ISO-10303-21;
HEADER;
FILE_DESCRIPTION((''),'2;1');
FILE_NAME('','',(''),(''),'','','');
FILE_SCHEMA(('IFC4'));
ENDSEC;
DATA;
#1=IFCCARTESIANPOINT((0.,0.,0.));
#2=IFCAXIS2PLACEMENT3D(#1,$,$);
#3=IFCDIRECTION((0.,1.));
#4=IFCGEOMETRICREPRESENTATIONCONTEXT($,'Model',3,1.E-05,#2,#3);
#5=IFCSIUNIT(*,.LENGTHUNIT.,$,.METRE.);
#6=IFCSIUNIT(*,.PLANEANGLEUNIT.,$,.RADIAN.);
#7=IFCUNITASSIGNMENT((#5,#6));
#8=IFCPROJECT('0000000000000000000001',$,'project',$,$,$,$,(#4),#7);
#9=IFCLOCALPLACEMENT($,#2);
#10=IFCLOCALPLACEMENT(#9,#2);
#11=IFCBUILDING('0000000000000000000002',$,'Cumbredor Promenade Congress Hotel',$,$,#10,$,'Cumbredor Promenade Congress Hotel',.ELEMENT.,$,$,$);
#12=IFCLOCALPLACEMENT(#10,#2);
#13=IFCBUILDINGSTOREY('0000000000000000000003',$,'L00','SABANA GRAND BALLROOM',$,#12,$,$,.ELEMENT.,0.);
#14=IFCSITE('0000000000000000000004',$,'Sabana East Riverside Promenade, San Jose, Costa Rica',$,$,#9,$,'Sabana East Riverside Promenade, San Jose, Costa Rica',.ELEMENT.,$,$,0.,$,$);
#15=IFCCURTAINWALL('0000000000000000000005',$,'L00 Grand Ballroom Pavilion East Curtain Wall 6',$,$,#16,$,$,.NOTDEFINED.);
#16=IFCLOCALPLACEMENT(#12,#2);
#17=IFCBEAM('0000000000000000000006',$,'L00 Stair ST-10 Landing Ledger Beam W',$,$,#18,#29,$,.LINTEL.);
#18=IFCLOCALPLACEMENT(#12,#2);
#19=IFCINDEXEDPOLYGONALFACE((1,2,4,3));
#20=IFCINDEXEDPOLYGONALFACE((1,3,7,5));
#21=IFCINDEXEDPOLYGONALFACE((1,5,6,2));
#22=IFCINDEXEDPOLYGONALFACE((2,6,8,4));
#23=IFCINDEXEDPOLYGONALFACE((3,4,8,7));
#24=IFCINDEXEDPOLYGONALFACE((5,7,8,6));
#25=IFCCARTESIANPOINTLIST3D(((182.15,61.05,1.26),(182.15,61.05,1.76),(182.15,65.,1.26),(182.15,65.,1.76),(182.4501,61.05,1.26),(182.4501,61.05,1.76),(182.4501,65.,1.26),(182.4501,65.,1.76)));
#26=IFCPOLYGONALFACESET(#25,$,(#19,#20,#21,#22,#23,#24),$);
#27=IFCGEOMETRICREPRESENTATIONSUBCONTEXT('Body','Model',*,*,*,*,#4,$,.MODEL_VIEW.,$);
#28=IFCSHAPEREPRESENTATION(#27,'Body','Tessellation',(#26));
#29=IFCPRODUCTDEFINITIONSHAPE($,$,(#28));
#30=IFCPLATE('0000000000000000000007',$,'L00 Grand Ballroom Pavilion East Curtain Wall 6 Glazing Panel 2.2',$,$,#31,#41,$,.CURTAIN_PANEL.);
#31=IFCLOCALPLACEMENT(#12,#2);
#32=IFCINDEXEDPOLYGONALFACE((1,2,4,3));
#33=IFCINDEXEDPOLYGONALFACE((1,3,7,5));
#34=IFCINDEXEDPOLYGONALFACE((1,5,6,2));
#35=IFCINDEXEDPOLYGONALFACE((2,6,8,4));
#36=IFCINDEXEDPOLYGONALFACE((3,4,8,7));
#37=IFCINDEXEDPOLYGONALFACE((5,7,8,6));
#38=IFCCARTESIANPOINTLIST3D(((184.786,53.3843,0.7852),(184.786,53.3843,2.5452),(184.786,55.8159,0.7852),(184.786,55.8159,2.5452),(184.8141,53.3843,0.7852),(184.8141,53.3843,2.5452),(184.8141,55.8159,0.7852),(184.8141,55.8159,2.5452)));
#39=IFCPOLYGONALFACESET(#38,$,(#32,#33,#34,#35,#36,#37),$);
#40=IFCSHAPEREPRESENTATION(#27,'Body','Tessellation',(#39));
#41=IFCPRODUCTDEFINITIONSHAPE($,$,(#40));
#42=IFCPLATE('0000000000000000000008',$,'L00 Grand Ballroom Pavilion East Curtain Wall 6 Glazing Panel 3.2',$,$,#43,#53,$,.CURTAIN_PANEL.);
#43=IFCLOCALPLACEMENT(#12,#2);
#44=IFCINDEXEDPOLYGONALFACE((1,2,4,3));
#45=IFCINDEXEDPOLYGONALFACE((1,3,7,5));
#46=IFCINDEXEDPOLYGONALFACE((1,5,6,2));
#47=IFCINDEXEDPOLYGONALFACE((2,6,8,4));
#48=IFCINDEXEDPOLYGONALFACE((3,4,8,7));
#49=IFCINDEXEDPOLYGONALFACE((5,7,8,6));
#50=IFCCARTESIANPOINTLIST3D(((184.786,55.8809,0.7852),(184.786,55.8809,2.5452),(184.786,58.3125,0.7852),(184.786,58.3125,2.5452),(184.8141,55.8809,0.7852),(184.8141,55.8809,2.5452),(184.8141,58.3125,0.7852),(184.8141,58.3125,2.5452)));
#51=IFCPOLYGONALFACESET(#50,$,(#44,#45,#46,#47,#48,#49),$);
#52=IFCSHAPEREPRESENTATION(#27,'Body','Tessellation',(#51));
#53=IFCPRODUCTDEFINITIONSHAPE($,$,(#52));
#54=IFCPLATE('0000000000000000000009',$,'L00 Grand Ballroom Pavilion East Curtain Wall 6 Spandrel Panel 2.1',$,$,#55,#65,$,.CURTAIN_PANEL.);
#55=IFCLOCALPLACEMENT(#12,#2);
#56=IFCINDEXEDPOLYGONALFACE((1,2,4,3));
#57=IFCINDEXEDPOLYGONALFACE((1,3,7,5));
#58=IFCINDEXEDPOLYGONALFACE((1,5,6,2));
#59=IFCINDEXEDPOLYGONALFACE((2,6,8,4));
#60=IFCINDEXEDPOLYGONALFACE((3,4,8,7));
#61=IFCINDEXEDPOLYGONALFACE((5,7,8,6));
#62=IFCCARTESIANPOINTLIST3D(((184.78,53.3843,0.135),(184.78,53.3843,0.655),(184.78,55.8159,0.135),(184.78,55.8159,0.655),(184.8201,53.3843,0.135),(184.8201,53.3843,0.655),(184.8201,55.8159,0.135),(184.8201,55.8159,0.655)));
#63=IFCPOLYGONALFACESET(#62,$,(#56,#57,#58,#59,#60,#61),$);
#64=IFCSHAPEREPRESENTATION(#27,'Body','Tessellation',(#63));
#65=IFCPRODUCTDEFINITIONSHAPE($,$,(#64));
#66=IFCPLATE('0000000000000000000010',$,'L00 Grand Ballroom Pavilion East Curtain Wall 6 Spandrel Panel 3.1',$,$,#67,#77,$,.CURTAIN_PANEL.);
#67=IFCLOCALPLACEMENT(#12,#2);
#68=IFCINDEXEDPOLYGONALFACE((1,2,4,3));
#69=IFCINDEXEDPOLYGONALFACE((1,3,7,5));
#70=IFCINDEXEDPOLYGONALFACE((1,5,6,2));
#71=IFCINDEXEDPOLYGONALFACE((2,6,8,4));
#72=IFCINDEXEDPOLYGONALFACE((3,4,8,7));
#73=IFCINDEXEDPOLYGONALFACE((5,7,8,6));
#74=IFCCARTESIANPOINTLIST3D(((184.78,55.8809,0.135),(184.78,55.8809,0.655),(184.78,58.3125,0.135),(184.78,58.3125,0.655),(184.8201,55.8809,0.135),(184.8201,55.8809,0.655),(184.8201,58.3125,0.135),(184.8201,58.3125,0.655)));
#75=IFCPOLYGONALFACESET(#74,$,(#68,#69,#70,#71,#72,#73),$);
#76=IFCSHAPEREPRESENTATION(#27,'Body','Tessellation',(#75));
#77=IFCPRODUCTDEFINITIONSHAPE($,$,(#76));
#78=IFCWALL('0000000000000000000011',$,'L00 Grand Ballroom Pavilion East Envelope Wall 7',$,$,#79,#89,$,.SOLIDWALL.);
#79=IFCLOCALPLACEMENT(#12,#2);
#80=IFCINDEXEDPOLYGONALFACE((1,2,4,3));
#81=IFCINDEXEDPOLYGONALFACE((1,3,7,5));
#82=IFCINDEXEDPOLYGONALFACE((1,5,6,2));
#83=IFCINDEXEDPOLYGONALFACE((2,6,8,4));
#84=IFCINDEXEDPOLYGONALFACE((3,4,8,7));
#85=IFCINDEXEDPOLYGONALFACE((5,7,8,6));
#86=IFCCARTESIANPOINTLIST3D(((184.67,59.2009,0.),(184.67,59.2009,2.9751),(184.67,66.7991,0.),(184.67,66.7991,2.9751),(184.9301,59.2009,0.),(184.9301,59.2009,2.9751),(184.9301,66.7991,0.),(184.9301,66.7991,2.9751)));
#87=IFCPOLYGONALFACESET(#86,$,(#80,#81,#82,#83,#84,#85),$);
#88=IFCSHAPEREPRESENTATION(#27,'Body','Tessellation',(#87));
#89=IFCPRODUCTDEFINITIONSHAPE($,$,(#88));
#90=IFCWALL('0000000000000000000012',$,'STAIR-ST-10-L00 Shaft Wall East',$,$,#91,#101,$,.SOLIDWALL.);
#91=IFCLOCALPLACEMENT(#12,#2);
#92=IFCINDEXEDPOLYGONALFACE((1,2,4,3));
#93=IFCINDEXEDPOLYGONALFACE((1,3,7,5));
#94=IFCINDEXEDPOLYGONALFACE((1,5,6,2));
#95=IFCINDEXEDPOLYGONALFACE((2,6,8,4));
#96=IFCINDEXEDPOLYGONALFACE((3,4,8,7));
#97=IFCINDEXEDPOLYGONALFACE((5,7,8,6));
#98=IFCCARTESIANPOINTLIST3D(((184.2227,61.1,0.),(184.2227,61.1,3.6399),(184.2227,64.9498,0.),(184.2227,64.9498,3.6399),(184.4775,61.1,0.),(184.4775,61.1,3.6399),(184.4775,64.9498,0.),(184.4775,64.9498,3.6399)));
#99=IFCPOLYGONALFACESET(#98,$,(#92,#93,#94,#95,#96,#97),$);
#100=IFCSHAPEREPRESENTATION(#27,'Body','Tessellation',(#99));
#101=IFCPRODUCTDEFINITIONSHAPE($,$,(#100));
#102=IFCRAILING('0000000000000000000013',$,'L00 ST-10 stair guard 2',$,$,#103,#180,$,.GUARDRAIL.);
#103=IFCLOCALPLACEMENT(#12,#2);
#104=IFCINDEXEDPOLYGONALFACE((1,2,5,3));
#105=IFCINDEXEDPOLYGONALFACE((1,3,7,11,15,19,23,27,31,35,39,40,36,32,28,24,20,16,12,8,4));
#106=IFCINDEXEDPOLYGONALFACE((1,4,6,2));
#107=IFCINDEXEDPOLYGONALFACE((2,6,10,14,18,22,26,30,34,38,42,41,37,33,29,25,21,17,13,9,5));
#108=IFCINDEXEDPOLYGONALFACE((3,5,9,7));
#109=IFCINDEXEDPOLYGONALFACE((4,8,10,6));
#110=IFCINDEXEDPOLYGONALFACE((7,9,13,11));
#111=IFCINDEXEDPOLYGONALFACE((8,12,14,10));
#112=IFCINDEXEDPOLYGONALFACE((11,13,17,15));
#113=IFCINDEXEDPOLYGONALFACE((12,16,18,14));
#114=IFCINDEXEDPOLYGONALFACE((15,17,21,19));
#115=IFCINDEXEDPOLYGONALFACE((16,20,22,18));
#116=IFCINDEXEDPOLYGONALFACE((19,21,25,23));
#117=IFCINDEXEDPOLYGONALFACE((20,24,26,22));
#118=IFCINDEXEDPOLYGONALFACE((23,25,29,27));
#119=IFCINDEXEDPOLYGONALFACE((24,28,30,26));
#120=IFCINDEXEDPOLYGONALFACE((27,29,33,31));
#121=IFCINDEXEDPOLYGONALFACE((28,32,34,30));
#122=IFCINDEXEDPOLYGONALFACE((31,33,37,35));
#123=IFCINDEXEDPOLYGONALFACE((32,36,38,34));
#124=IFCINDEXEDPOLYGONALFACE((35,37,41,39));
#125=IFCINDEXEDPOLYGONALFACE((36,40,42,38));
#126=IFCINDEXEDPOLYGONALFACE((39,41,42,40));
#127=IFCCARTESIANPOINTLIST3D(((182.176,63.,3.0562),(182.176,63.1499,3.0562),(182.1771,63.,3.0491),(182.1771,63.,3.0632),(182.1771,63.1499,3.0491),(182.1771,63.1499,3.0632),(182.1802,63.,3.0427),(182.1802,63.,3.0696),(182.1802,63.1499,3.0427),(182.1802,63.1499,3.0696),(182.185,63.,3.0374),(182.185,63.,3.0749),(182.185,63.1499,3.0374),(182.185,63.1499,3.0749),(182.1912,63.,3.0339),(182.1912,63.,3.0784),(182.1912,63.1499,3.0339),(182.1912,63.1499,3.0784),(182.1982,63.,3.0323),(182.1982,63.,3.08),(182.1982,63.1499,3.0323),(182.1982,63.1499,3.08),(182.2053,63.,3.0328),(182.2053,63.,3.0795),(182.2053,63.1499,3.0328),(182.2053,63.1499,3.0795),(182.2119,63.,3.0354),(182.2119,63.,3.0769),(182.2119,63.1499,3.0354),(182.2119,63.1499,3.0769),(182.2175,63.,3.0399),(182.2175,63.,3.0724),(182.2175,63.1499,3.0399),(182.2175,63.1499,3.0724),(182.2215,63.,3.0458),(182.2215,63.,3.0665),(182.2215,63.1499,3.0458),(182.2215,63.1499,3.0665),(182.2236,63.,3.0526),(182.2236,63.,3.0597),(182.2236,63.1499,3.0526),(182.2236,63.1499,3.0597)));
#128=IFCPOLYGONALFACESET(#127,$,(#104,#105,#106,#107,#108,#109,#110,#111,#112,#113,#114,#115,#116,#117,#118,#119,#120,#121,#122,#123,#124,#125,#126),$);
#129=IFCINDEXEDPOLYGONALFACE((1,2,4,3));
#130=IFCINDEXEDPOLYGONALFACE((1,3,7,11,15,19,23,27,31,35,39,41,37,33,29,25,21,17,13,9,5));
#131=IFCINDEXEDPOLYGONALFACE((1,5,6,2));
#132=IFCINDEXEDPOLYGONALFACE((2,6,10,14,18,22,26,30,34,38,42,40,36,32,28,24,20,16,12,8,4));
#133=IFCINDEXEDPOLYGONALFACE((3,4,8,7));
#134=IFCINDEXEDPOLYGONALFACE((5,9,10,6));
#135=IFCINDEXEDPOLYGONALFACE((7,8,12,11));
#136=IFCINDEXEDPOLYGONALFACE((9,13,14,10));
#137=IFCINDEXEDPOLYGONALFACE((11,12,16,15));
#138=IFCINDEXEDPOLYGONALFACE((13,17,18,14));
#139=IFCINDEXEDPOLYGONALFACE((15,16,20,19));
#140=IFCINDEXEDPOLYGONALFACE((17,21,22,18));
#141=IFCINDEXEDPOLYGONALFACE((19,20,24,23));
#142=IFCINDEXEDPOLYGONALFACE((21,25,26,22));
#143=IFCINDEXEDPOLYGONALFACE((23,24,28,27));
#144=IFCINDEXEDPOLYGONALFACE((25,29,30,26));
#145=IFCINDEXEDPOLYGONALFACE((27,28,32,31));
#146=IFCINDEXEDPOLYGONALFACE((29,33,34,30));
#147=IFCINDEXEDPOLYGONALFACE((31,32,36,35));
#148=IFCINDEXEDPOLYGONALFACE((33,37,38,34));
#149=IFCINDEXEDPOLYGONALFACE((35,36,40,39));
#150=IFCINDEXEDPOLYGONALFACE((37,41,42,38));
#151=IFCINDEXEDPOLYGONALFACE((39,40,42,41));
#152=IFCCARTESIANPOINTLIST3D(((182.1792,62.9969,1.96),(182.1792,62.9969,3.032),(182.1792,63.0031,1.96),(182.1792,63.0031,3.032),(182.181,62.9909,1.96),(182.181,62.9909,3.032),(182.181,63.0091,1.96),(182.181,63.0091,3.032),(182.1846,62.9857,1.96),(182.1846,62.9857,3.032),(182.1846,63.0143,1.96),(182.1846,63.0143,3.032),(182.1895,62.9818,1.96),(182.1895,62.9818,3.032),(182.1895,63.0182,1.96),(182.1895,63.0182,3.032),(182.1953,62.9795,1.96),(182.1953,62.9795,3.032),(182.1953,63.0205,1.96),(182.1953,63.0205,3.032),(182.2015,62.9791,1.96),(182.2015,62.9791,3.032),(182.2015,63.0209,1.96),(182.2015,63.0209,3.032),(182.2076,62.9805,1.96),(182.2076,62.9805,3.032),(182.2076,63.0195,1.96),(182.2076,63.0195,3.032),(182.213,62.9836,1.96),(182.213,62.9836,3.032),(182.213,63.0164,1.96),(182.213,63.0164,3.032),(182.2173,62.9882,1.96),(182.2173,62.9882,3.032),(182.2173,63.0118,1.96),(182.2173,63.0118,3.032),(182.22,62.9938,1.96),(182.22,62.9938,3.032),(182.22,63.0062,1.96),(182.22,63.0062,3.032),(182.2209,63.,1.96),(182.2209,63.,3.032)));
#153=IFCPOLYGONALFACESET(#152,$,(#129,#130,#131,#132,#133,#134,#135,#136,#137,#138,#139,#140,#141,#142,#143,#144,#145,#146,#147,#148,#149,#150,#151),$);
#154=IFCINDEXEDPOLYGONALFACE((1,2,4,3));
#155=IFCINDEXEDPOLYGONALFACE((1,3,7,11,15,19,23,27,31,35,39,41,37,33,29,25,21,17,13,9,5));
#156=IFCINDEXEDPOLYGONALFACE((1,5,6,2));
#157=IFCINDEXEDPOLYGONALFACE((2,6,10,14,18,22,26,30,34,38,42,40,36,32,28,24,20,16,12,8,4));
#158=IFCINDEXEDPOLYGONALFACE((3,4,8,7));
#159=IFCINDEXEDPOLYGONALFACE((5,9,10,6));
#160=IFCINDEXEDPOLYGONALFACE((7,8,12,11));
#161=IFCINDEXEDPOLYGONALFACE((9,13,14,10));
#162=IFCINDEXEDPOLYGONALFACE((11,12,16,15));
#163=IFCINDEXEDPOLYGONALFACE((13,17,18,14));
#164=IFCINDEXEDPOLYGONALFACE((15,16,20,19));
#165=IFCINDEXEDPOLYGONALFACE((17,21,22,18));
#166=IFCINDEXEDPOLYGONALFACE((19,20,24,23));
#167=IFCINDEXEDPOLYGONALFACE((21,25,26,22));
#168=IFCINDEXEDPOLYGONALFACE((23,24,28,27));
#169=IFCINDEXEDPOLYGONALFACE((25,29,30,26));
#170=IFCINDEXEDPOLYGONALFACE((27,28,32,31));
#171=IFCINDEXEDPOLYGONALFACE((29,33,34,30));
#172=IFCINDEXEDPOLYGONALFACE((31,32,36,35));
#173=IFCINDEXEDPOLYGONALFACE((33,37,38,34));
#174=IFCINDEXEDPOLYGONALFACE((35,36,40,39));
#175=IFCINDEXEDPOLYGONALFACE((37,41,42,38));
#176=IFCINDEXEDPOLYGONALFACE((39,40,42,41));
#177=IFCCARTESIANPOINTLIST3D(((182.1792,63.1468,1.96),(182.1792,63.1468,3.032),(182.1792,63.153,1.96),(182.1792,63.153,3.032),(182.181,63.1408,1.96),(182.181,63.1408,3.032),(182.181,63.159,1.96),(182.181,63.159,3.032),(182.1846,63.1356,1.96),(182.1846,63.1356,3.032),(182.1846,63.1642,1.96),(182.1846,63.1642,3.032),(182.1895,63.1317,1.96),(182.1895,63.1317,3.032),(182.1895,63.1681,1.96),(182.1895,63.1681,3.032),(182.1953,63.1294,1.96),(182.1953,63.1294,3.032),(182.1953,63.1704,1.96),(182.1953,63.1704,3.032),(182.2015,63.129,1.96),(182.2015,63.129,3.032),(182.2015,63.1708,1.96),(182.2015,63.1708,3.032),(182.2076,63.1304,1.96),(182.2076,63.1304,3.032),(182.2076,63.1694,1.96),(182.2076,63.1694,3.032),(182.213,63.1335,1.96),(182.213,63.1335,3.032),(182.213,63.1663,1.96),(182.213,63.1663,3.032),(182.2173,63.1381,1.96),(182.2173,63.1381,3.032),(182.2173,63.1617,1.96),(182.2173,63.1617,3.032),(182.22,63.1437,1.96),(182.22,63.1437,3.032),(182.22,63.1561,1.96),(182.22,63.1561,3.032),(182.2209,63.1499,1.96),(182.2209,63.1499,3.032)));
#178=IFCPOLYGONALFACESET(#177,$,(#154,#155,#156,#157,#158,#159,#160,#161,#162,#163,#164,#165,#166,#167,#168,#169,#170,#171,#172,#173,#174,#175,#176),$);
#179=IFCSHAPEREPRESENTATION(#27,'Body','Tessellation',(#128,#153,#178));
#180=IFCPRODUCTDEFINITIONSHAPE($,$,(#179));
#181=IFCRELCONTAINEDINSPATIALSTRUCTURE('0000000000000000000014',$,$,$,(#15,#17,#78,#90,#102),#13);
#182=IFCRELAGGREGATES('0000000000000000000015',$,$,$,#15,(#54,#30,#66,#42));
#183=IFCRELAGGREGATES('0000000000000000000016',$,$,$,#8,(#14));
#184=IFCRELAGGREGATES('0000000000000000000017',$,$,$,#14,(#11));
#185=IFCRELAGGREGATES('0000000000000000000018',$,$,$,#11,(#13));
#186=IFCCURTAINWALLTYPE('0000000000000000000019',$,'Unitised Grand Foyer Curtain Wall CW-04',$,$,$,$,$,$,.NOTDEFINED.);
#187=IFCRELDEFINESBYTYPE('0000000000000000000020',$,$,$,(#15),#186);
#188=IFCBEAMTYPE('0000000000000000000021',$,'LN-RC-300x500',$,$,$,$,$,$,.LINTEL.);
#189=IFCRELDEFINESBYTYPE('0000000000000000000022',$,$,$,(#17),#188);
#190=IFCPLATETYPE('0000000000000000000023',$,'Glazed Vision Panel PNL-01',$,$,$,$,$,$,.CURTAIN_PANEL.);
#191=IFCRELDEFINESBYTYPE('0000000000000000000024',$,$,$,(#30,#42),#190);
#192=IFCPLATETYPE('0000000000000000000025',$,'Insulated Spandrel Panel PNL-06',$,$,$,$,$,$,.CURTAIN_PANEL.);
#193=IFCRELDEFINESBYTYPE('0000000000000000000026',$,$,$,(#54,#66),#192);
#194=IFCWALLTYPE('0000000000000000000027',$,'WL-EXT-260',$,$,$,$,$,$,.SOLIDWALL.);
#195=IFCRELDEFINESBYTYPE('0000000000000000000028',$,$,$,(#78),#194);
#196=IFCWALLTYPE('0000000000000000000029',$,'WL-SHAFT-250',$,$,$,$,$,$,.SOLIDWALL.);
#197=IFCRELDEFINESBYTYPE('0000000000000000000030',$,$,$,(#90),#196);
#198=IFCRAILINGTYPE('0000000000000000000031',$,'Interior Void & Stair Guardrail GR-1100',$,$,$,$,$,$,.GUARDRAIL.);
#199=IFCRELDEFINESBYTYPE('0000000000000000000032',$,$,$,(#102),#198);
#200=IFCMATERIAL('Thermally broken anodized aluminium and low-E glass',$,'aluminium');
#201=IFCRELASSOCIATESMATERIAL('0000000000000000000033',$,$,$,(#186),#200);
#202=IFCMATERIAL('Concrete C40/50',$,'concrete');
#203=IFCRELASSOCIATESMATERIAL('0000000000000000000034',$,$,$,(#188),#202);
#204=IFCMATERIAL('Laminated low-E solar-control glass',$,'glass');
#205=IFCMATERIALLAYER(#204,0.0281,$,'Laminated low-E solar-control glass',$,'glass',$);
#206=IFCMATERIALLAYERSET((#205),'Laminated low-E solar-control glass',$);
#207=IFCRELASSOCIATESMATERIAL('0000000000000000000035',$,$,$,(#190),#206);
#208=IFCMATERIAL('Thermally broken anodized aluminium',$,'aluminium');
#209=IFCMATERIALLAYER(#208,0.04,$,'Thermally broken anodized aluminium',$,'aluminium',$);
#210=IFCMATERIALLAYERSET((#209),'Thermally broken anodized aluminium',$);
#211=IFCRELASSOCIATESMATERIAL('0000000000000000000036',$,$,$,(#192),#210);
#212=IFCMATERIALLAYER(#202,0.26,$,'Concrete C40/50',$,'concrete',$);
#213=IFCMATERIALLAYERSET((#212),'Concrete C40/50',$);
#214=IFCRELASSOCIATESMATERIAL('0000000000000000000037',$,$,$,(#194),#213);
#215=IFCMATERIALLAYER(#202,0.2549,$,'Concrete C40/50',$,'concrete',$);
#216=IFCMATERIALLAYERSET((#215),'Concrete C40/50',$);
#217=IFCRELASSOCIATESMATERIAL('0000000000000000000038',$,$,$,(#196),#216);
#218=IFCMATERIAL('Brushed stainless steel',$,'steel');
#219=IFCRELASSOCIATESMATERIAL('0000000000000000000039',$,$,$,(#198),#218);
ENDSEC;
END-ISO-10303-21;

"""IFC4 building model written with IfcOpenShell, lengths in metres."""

from ifc_helpers import new_model, si_unit, direction, frame, frame_2d, origin, origin_2d, place, context, subcontext, project, spatial, rectangle, circle, extrude, material, layer, layer_set, material_profile, profile_set, type_object, element, aggregate, save


model = new_model("IFC4")

# Units and contexts
model_context = context("Model", 3, precision=1e-05, world=origin(), true_north=direction((0.0, 1.0)))
body_context = subcontext(model_context, "Body", "Model", "MODEL_VIEW")
ifc_project = project(units=[si_unit("LENGTHUNIT", "METRE"), si_unit("PLANEANGLEUNIT", "RADIAN")], contexts=[model_context])

# Site, building, storey
site_placement = place(None, origin())
site = spatial("IfcSite", under=ifc_project, at=site_placement, Name="Sabana East Riverside Promenade, San Jose, Costa Rica", LongName="Sabana East Riverside Promenade, San Jose, Costa Rica", CompositionType="ELEMENT", RefElevation=0.0)
building_placement = place(site_placement, origin())
building = spatial("IfcBuilding", under=site, at=building_placement, Name="Cumbredor Promenade Congress Hotel", LongName="Cumbredor Promenade Congress Hotel", CompositionType="ELEMENT")
storey_placement = place(building_placement, origin())
storey = spatial("IfcBuildingStorey", under=building, at=storey_placement, Name="L00", Description="SABANA GRAND BALLROOM", CompositionType="ELEMENT", Elevation=0.0)

# Shared definitions
ifc_material_1 = material(Name="Concrete C40/50", Category="concrete")

# Curtain wall
ifc_material_2 = material(Name="Thermally broken anodized aluminium and low-E glass", Category="aluminium")
curtain_wall_type = type_object("IfcCurtainWallType", Name="Unitised Grand Foyer Curtain Wall CW-04", PredefinedType="NOTDEFINED", material=ifc_material_2)
curtain_wall_placement = place(storey_placement, origin())
curtain_wall = element("IfcCurtainWall", 1, at=curtain_wall_placement, inside=storey, type_object=curtain_wall_type, Name="L00 Grand Ballroom Pavilion East Curtain Wall 6", PredefinedType="NOTDEFINED")
ifc_material_3 = material(Name="Thermally broken anodized aluminium", Category="aluminium")

# Beam
ifc_material_profile_1 = material_profile(ifc_material_1, rectangle(XDim=0.3, YDim=0.5, at=origin_2d()), Name="RC LINTEL 300x500")
ifc_profile_set_1 = profile_set([ifc_material_profile_1], Name="Concrete C40/50")
beam_type_1 = type_object("IfcBeamType", Name="LN-RC-300x500", PredefinedType="LINTEL", material=ifc_profile_set_1)
for number, where, z_axis, x_axis, name in (
    (2, (182.3, 61.05, 1.51), (0.0, 1.0, 0.0), (-1.0, 0.0, 0.0), "L00 Stair ST-10 Landing Ledger Beam W"),
):
    element("IfcBeam", number, at=place(storey_placement, frame(where, z_axis=z_axis, x_axis=x_axis)), inside=storey, type_object=beam_type_1, Name=name, PredefinedType="LINTEL", context=body_context, shape_type="SweptSolid", body=[
        extrude(rectangle(XDim=0.3, YDim=0.5, at=origin_2d()), origin(), (0.0, 0.0, 1.0), 3.95),
    ])

# Plates
ifc_material_4 = material(Name="Laminated low-E solar-control glass", Category="glass")
ifc_layer_1 = layer(ifc_material_4, 0.0281, Name="Laminated low-E solar-control glass", Category="glass")
ifc_layer_set_1 = layer_set([ifc_layer_1], Name="Laminated low-E solar-control glass")
plate_type_1 = type_object("IfcPlateType", Name="Glazed Vision Panel PNL-01", PredefinedType="CURTAIN_PANEL", material=ifc_layer_set_1)
plate_1_placement = place(storey_placement, frame((184.8, 54.6001, 0.7852), z_axis=(0.0, 0.0, 1.0), x_axis=(0.0, 1.0, 0.0)))
plate_1 = element("IfcPlate", 3, at=plate_1_placement, type_object=plate_type_1, Name="L00 Grand Ballroom Pavilion East Curtain Wall 6 Glazing Panel 2.2", PredefinedType="CURTAIN_PANEL", context=body_context, shape_type="SweptSolid", body=[
    extrude(rectangle(XDim=2.4316, YDim=0.0281, at=origin_2d()), origin(), (0.0, 0.0, 1.0), 1.76),
])
plate_2_placement = place(storey_placement, frame((184.8, 57.0967, 0.7852), z_axis=(0.0, 0.0, 1.0), x_axis=(0.0, 1.0, 0.0)))
plate_2 = element("IfcPlate", 4, at=plate_2_placement, type_object=plate_type_1, Name="L00 Grand Ballroom Pavilion East Curtain Wall 6 Glazing Panel 3.2", PredefinedType="CURTAIN_PANEL", context=body_context, shape_type="SweptSolid", body=[
    extrude(rectangle(XDim=2.4316, YDim=0.0281, at=origin_2d()), origin(), (0.0, 0.0, 1.0), 1.76),
])
ifc_layer_2 = layer(ifc_material_3, 0.04, Name="Thermally broken anodized aluminium", Category="aluminium")
ifc_layer_set_2 = layer_set([ifc_layer_2], Name="Thermally broken anodized aluminium")
plate_type_2 = type_object("IfcPlateType", Name="Insulated Spandrel Panel PNL-06", PredefinedType="CURTAIN_PANEL", material=ifc_layer_set_2)
plate_3_placement = place(storey_placement, frame((184.8, 54.6001, 0.135), z_axis=(0.0, 0.0, 1.0), x_axis=(0.0, 1.0, 0.0)))
plate_3 = element("IfcPlate", 5, at=plate_3_placement, type_object=plate_type_2, Name="L00 Grand Ballroom Pavilion East Curtain Wall 6 Spandrel Panel 2.1", PredefinedType="CURTAIN_PANEL", context=body_context, shape_type="SweptSolid", body=[
    extrude(rectangle(XDim=2.4316, YDim=0.04, at=origin_2d()), origin(), (0.0, 0.0, 1.0), 0.52),
])
plate_4_placement = place(storey_placement, frame((184.8, 57.0967, 0.135), z_axis=(0.0, 0.0, 1.0), x_axis=(0.0, 1.0, 0.0)))
plate_4 = element("IfcPlate", 6, at=plate_4_placement, type_object=plate_type_2, Name="L00 Grand Ballroom Pavilion East Curtain Wall 6 Spandrel Panel 3.1", PredefinedType="CURTAIN_PANEL", context=body_context, shape_type="SweptSolid", body=[
    extrude(rectangle(XDim=2.4316, YDim=0.04, at=origin_2d()), origin(), (0.0, 0.0, 1.0), 0.52),
])
aggregate(curtain_wall, [plate_3, plate_1, plate_4, plate_2])

# Walls
ifc_layer_3 = layer(ifc_material_1, 0.26, Name="Concrete C40/50", Category="concrete")
ifc_layer_set_3 = layer_set([ifc_layer_3], Name="Concrete C40/50")
wall_type_1 = type_object("IfcWallType", Name="WL-EXT-260", PredefinedType="SOLIDWALL", material=ifc_layer_set_3)
wall_1_placement = place(storey_placement, frame((184.8, 59.2009, 0.0), z_axis=(0.0, 0.0, 1.0), x_axis=(0.0, 1.0, 0.0)))
element("IfcWall", 7, at=wall_1_placement, inside=storey, type_object=wall_type_1, Name="L00 Grand Ballroom Pavilion East Envelope Wall 7", PredefinedType="SOLIDWALL", context=body_context, shape_type="SweptSolid", body=[
    extrude(rectangle(XDim=7.5981, YDim=0.26, at=frame_2d((3.7991, 0.0))), origin(), (0.0, 0.0, 1.0), 2.9751),
])
ifc_layer_4 = layer(ifc_material_1, 0.2549, Name="Concrete C40/50", Category="concrete")
ifc_layer_set_4 = layer_set([ifc_layer_4], Name="Concrete C40/50")
wall_type_2 = type_object("IfcWallType", Name="WL-SHAFT-250", PredefinedType="SOLIDWALL", material=ifc_layer_set_4)
wall_2_placement = place(storey_placement, frame((184.3501, 61.1001, 0.0), z_axis=(0.0, 0.0, 1.0), x_axis=(0.0, 1.0, 0.0)))
element("IfcWall", 8, at=wall_2_placement, inside=storey, type_object=wall_type_2, Name="STAIR-ST-10-L00 Shaft Wall East", PredefinedType="SOLIDWALL", context=body_context, shape_type="SweptSolid", body=[
    extrude(rectangle(XDim=3.8499, YDim=0.2549, at=frame_2d((1.9248, 0.0))), origin(), (0.0, 0.0, 1.0), 3.6399),
])

# Railing
ifc_material_5 = material(Name="Brushed stainless steel", Category="steel")
railing_type_1 = type_object("IfcRailingType", Name="Interior Void & Stair Guardrail GR-1100", PredefinedType="GUARDRAIL", material=ifc_material_5)
railing_1_placement = place(storey_placement, frame((182.2, 63.0, 1.96)))
element("IfcRailing", 9, at=railing_1_placement, inside=storey, type_object=railing_type_1, Name="L00 ST-10 stair guard 2", PredefinedType="GUARDRAIL", context=body_context, shape_type="SweptSolid", body=[
    extrude(circle(Radius=0.0239, at=origin_2d()), frame((0.0, 0.0, 1.0962), z_axis=(0.0, 1.0, 0.0), x_axis=(-1.0, 0.0, 0.0)), (0.0, 0.0, 1.0), 0.1499),
    extrude(circle(Radius=0.021, at=origin_2d()), origin(), (0.0, 0.0, 1.0), 1.072),
    extrude(circle(Radius=0.021, at=origin_2d()), frame((0.0, 0.1499, 0.0)), (0.0, 0.0, 1.0), 1.072),
])

save(model, "model.ifc")
